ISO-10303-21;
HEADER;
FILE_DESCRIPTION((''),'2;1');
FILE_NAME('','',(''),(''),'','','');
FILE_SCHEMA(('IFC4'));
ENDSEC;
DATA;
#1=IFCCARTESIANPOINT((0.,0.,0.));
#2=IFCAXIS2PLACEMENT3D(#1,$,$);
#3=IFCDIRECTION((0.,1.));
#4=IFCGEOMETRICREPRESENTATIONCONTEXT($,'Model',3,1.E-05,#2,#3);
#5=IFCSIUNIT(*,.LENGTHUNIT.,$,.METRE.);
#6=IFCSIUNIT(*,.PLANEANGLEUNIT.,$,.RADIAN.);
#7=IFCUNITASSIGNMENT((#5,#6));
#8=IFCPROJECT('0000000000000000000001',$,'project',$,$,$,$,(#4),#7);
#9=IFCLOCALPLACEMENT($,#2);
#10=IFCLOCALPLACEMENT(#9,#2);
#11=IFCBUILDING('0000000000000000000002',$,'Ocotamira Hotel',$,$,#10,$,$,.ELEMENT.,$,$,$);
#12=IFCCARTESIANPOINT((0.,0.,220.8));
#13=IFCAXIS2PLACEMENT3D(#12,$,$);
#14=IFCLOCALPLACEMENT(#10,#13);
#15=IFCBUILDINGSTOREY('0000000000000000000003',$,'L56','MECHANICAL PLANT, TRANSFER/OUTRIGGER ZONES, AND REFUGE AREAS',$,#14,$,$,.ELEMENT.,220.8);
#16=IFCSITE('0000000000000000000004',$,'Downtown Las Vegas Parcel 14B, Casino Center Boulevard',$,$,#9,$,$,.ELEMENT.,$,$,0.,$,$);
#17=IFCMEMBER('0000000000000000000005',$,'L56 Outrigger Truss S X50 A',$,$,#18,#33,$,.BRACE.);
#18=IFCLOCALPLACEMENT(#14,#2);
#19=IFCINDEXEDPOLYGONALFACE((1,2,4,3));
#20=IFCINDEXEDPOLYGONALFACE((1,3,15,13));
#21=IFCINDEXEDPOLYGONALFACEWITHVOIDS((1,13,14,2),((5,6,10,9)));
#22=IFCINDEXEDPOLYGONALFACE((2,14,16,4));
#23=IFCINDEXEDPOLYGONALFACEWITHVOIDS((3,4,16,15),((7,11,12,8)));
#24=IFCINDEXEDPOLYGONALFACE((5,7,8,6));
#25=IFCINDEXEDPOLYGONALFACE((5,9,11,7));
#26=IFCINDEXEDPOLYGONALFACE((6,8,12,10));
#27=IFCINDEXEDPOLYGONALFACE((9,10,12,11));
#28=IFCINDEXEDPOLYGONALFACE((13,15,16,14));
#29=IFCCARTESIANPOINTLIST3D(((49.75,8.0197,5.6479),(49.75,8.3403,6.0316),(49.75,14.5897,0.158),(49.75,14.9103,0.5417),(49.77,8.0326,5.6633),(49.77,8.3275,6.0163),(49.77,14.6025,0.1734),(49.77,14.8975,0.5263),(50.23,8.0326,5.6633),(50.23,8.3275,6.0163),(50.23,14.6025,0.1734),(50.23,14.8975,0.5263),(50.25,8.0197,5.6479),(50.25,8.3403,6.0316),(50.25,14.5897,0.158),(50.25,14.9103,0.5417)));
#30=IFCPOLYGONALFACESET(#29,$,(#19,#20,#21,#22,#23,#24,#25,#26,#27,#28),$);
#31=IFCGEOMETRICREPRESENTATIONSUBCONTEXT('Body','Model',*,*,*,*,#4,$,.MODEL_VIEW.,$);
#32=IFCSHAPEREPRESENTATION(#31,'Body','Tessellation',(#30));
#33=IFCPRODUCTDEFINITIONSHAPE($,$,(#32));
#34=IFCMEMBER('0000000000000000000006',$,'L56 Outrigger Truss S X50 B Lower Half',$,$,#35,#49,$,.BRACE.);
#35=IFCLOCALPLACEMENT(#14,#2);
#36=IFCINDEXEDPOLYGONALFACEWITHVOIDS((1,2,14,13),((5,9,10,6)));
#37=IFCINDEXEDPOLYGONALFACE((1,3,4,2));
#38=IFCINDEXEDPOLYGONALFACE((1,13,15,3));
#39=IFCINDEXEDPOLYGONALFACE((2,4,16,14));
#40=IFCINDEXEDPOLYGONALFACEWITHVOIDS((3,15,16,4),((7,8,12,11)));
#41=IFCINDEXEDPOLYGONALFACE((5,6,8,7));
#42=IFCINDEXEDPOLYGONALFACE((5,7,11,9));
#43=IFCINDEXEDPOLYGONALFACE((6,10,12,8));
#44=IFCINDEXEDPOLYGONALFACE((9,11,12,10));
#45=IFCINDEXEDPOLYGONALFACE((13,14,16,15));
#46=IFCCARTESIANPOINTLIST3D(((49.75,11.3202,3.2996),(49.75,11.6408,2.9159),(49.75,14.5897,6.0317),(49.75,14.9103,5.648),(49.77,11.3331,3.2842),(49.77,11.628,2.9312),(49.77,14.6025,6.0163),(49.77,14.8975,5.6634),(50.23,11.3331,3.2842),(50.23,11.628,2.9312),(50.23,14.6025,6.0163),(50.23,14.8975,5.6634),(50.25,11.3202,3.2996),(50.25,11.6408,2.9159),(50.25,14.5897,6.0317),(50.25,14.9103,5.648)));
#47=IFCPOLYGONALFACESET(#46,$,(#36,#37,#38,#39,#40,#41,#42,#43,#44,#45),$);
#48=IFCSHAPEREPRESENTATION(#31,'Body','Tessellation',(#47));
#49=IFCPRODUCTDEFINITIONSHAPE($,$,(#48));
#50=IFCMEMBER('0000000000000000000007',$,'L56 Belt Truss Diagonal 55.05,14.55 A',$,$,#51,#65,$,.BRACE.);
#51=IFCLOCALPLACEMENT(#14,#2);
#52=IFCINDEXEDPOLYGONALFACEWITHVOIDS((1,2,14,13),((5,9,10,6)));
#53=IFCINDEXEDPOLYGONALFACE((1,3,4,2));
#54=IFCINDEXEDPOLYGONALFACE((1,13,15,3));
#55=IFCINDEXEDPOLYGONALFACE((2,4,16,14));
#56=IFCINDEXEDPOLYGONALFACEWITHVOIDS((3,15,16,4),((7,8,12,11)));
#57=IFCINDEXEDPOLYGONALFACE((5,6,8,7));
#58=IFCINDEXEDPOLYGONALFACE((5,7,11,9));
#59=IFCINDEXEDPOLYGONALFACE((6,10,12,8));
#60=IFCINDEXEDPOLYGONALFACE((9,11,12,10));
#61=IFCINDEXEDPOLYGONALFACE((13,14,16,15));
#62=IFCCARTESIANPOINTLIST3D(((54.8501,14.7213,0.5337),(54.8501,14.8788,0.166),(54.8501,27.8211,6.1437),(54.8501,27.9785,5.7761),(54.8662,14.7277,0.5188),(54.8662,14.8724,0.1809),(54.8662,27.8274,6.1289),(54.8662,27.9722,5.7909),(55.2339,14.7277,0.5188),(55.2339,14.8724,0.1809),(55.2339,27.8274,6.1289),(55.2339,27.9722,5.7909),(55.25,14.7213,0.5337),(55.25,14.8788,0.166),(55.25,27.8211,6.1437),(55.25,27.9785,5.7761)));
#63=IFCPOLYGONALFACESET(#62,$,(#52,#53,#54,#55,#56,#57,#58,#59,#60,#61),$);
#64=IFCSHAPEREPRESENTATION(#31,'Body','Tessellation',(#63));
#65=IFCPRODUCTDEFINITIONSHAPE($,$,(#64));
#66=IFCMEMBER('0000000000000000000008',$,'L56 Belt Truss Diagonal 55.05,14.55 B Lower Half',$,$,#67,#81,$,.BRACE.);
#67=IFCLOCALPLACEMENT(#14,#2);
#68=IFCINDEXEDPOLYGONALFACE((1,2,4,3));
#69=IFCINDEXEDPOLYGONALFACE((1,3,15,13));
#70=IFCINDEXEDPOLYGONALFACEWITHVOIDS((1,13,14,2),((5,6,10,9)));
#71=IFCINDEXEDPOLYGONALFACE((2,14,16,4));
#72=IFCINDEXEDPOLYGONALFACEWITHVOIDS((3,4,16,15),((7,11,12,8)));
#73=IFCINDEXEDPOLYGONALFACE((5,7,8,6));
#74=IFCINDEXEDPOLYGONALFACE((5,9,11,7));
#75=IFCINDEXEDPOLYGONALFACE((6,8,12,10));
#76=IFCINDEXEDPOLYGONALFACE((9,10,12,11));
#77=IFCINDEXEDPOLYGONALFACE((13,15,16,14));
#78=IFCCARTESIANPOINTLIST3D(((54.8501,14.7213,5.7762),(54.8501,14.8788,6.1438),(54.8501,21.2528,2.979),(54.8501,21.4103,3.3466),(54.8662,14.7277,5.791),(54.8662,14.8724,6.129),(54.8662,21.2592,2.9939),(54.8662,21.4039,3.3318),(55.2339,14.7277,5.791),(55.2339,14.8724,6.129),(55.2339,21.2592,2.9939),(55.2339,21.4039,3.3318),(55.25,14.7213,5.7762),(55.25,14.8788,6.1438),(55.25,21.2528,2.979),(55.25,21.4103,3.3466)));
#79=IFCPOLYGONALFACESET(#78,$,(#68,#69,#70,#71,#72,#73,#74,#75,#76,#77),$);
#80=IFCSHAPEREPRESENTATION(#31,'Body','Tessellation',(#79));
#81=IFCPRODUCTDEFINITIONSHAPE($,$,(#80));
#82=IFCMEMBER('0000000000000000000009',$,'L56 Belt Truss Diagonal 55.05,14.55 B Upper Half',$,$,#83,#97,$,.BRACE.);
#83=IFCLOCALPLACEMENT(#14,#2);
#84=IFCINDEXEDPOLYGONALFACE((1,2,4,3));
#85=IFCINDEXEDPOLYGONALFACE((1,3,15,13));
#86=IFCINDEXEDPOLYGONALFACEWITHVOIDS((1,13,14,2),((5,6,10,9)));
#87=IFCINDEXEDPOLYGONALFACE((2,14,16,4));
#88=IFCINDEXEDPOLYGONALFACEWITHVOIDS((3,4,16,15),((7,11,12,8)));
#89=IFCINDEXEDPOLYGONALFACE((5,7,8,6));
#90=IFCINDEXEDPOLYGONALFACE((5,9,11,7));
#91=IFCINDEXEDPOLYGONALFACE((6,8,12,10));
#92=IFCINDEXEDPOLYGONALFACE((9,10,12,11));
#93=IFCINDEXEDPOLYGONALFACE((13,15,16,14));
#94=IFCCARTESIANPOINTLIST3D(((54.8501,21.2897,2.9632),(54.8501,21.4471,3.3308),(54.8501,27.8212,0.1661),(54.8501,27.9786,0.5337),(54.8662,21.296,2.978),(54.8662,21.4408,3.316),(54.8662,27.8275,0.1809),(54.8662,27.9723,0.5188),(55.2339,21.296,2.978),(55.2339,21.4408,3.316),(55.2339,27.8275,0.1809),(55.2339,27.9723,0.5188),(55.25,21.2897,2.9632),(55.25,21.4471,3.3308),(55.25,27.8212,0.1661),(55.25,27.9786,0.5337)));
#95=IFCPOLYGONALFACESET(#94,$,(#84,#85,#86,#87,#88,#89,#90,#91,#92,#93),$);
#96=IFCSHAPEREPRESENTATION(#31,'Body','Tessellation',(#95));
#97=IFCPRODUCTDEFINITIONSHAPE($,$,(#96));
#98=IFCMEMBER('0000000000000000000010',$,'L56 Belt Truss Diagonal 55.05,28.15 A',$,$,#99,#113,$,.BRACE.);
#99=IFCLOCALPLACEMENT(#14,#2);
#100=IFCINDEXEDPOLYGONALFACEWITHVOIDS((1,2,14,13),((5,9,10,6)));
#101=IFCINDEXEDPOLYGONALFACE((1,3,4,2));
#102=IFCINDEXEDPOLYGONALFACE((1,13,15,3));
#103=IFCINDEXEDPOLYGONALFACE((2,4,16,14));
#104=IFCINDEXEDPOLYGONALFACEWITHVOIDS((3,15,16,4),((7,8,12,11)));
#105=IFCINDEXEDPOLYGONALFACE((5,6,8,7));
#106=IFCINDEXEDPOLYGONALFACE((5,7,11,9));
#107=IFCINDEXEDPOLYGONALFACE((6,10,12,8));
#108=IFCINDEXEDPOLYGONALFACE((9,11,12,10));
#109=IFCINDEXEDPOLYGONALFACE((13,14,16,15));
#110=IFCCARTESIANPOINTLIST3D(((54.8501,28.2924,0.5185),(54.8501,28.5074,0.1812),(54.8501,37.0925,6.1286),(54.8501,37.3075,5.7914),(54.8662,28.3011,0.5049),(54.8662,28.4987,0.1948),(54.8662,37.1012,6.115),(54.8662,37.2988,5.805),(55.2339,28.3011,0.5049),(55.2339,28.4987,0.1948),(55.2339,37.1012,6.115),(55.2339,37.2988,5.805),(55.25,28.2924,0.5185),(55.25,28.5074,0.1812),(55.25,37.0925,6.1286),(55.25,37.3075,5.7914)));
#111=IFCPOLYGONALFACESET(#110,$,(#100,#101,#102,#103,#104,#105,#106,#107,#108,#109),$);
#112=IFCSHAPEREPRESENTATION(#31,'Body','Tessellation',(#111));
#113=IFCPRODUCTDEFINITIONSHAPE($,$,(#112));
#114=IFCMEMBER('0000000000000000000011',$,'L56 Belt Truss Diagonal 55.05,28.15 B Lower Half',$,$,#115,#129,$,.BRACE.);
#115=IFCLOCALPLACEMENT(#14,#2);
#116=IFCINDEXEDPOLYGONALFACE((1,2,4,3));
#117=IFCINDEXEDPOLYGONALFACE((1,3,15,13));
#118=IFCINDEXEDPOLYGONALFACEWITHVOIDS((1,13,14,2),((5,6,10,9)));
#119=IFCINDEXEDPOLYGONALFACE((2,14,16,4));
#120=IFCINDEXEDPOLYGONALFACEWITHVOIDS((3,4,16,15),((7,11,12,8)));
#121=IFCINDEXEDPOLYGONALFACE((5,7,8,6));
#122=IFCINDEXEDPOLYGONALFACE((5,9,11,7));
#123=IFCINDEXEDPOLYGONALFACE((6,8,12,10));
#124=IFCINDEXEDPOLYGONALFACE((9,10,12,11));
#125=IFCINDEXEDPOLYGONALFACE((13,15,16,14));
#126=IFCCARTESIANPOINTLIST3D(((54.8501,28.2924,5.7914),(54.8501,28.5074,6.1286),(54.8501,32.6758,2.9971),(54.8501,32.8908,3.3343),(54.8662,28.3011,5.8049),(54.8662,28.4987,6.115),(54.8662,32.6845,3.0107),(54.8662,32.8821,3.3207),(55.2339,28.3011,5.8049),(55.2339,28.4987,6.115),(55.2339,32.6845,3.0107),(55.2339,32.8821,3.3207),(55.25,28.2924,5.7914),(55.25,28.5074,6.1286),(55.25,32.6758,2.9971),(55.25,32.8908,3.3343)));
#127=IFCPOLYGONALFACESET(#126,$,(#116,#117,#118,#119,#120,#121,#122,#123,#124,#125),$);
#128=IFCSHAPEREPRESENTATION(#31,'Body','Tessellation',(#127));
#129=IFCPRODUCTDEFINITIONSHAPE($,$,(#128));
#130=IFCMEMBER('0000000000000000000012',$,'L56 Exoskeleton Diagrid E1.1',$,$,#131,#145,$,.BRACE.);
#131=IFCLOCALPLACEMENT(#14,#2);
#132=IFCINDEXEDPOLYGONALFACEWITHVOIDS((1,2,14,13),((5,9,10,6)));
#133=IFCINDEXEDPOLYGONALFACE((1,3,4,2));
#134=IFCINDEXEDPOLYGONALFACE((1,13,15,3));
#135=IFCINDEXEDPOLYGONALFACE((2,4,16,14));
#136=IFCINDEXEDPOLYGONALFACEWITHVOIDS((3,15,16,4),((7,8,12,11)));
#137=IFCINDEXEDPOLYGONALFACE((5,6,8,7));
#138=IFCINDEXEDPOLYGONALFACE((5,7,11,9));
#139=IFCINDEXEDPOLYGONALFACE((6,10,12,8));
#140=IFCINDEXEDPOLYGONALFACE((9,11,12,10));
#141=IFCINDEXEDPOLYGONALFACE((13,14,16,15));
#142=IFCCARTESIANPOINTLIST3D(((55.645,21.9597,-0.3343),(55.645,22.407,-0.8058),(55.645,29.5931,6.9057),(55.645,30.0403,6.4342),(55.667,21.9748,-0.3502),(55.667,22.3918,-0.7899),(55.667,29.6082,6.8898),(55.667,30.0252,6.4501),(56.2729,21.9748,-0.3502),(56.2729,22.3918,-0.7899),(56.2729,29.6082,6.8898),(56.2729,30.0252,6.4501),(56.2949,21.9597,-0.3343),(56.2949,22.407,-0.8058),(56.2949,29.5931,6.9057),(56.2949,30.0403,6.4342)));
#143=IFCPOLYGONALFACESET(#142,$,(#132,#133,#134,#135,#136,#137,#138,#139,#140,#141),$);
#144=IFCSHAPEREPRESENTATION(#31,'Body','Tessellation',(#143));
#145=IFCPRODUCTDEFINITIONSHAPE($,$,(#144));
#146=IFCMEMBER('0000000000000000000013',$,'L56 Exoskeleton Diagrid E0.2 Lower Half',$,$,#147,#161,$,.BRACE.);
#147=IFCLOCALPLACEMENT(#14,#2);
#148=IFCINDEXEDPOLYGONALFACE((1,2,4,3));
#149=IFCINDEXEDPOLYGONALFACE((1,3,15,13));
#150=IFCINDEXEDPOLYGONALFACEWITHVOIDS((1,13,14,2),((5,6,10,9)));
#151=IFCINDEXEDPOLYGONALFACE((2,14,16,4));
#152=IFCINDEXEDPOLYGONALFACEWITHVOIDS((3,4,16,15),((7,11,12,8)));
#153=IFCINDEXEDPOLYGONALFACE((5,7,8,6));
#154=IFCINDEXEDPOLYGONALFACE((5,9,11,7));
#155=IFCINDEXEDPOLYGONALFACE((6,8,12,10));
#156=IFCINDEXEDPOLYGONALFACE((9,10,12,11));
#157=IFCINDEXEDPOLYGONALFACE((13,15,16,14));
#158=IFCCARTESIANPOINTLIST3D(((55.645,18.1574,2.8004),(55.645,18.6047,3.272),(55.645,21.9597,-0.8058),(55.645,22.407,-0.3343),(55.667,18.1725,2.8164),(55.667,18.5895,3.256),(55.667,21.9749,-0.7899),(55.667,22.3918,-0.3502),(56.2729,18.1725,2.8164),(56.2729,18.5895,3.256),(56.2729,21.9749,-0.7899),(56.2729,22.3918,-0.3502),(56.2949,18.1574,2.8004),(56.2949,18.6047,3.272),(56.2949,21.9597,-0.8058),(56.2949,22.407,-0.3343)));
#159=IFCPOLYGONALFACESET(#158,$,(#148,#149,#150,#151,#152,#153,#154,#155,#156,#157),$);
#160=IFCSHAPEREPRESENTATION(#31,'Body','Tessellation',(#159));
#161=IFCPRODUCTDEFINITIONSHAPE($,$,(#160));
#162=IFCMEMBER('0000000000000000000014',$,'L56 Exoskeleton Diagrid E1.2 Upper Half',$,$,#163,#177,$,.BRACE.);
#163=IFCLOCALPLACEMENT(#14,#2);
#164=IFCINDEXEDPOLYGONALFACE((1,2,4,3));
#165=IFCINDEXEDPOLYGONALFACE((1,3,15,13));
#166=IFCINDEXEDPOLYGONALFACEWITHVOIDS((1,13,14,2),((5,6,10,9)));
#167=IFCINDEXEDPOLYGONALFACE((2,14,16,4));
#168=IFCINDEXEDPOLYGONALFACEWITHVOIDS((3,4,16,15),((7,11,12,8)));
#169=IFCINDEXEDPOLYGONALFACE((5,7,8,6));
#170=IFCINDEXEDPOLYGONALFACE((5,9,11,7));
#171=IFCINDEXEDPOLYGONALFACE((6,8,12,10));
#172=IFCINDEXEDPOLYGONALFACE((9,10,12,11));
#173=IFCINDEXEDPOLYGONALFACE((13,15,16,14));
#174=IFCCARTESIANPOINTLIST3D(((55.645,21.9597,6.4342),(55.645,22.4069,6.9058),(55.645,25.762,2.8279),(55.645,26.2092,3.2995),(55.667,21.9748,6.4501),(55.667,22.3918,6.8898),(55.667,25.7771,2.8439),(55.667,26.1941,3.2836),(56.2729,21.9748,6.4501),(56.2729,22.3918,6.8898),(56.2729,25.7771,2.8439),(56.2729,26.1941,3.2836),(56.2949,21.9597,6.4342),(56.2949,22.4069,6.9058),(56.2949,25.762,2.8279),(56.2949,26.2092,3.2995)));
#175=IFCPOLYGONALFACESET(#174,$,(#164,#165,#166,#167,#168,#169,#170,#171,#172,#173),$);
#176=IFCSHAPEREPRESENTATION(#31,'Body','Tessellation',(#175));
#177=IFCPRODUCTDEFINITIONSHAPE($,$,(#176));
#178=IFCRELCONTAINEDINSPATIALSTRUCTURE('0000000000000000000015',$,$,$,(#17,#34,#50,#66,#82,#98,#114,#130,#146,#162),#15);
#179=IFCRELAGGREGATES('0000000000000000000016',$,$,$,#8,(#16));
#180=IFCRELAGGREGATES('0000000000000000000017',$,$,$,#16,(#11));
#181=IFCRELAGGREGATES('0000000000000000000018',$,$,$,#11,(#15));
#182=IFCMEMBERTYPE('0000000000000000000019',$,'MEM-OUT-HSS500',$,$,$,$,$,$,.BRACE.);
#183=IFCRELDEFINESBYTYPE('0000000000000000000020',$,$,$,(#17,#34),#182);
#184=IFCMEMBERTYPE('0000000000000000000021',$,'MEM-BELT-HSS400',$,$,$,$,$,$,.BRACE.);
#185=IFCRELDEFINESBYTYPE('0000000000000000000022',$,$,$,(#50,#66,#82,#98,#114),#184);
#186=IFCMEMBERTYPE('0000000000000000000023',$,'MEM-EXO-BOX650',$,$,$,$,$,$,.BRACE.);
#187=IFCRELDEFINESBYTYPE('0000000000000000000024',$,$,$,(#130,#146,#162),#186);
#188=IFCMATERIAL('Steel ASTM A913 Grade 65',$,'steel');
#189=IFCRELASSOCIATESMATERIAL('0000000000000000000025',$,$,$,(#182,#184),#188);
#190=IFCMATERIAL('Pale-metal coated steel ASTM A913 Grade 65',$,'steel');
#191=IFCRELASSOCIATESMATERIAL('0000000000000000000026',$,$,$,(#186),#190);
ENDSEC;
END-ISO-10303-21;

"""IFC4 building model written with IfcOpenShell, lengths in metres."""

from ifc_helpers import new_model, si_unit, direction, frame, origin, origin_2d, place, context, subcontext, project, spatial, hollow_rectangle, extrude, source, transform, mapped, material, material_profile, profile_set, type_object, element, save


model = new_model("IFC4")

# Units and contexts
model_context = context("Model", 3, precision=1e-05, world=origin(), true_north=direction((0.0, 1.0)))
body_context = subcontext(model_context, "Body", "Model", "MODEL_VIEW")
ifc_project = project(units=[si_unit("LENGTHUNIT", "METRE"), si_unit("PLANEANGLEUNIT", "RADIAN")], contexts=[model_context])

# Site, building, storey
site_placement = place(None, origin())
site = spatial("IfcSite", under=ifc_project, at=site_placement, Name="Downtown Las Vegas Parcel 14B, Casino Center Boulevard", CompositionType="ELEMENT", RefElevation=0.0)
building_placement = place(site_placement, origin())
building = spatial("IfcBuilding", under=site, at=building_placement, Name="Ocotamira Hotel", CompositionType="ELEMENT")
storey_placement = place(building_placement, frame((0.0, 0.0, 220.8)))
storey = spatial("IfcBuildingStorey", under=building, at=storey_placement, Name="L56", Description="MECHANICAL PLANT, TRANSFER/OUTRIGGER ZONES, AND REFUGE AREAS", CompositionType="ELEMENT", Elevation=220.8)

# Shared definitions
ifc_material_1 = material(Name="Steel ASTM A913 Grade 65", Category="steel")

# Members
ifc_material_profile_1 = material_profile(ifc_material_1, hollow_rectangle(XDim=0.5, YDim=0.5, WallThickness=0.02, at=origin_2d()), Name="HSS500X500X20")
ifc_profile_set_1 = profile_set([ifc_material_profile_1], Name="Steel ASTM A913 Grade 65")
member_type_1 = type_object("IfcMemberType", Name="MEM-OUT-HSS500", PredefinedType="BRACE", material=ifc_profile_set_1)
shared_shape_1 = source(origin(), body_context, "Body", "SweptSolid", [
    extrude(hollow_rectangle(XDim=0.5, YDim=0.5, WallThickness=0.02, at=origin_2d()), origin(), (0.0, 0.0, 1.0), 8.5618),
])
member_1_placement = place(storey_placement, frame((50.0, 14.75, 0.3499), z_axis=(0.0, -0.767363, 0.641213), x_axis=(1.0, 0.0, 0.0)))
element("IfcMember", 1, at=member_1_placement, inside=storey, type_object=member_type_1, Name="L56 Outrigger Truss S X50 A", PredefinedType="BRACE", context=body_context, shape_type="MappedRepresentation", body=[
    mapped(shared_shape_1, transform((0.0, 0.0, 0.0), scale=1.0)),
])
shared_shape_2 = source(origin(), body_context, "Body", "SweptSolid", [
    extrude(hollow_rectangle(XDim=0.5, YDim=0.5, WallThickness=0.02, at=origin_2d()), origin(), (0.0, 0.0, 1.0), 4.2607),
])
member_2_placement = place(storey_placement, frame((50.0, 14.75, 5.8398), z_axis=(0.0, -0.767347, -0.641232), x_axis=(1.0, 0.0, 0.0)))
element("IfcMember", 2, at=member_2_placement, inside=storey, type_object=member_type_1, Name="L56 Outrigger Truss S X50 B Lower Half", PredefinedType="BRACE", context=body_context, shape_type="MappedRepresentation", body=[
    mapped(shared_shape_2, transform((0.0, 0.0, 0.0), scale=1.0)),
])
ifc_material_profile_2 = material_profile(ifc_material_1, hollow_rectangle(XDim=0.3999, YDim=0.3999, WallThickness=0.0161, at=origin_2d()), Name="HSS400X400X16")
ifc_profile_set_2 = profile_set([ifc_material_profile_2], Name="Steel ASTM A913 Grade 65")
member_type_2 = type_object("IfcMemberType", Name="MEM-BELT-HSS400", PredefinedType="BRACE", material=ifc_profile_set_2)
shared_shape_3 = source(origin(), body_context, "Body", "SweptSolid", [
    extrude(hollow_rectangle(XDim=0.3999, YDim=0.3999, WallThickness=0.0161, at=origin_2d()), origin(), (0.0, 0.0, 1.0), 14.2505),
])
member_3_placement = place(storey_placement, frame((55.05, 14.8, 0.3499), z_axis=(0.0, 0.91925, 0.393675), x_axis=(-1.0, 0.0, 0.0)))
element("IfcMember", 3, at=member_3_placement, inside=storey, type_object=member_type_2, Name="L56 Belt Truss Diagonal 55.05,14.55 A", PredefinedType="BRACE", context=body_context, shape_type="MappedRepresentation", body=[
    mapped(shared_shape_3, transform((0.0, 0.0, 0.0), scale=1.0)),
])
shared_shape_4 = source(origin(), body_context, "Body", "SweptSolid", [
    extrude(hollow_rectangle(XDim=0.3999, YDim=0.3999, WallThickness=0.0161, at=origin_2d()), origin(), (0.0, 0.0, 1.0), 7.1052),
])
for number, where, z_axis, x_axis, name in (
    (4, (55.05, 14.8, 5.96), (0.0, 0.919252, -0.39367), (-1.0, 0.0, 0.0), "L56 Belt Truss Diagonal 55.05,14.55 B Lower Half"),
    (5, (55.05, 21.3684, 3.147), (0.0, 0.919252, -0.39367), (-1.0, 0.0, 0.0), "L56 Belt Truss Diagonal 55.05,14.55 B Upper Half"),
):
    element("IfcMember", number, at=place(storey_placement, frame(where, z_axis=z_axis, x_axis=x_axis)), inside=storey, type_object=member_type_2, Name=name, PredefinedType="BRACE", context=body_context, shape_type="MappedRepresentation", body=[
        mapped(shared_shape_4, transform((0.0, 0.0, 0.0), scale=1.0)),
    ])
shared_shape_5 = source(origin(), body_context, "Body", "SweptSolid", [
    extrude(hollow_rectangle(XDim=0.3999, YDim=0.3999, WallThickness=0.0161, at=origin_2d()), origin(), (0.0, 0.0, 1.0), 10.4363),
])
member_4_placement = place(storey_placement, frame((55.05, 28.3999, 0.3499), z_axis=(0.0, 0.843224, 0.537563), x_axis=(-1.0, 0.0, 0.0)))
element("IfcMember", 6, at=member_4_placement, inside=storey, type_object=member_type_2, Name="L56 Belt Truss Diagonal 55.05,28.15 A", PredefinedType="BRACE", context=body_context, shape_type="MappedRepresentation", body=[
    mapped(shared_shape_5, transform((0.0, 0.0, 0.0), scale=1.0)),
])
shared_shape_6 = source(origin(), body_context, "Body", "SweptSolid", [
    extrude(hollow_rectangle(XDim=0.3999, YDim=0.3999, WallThickness=0.0161, at=origin_2d()), origin(), (0.0, 0.0, 1.0), 5.1982),
])
member_5_placement = place(storey_placement, frame((55.05, 28.3999, 5.96), z_axis=(0.0, 0.843242, -0.537535), x_axis=(-1.0, 0.0, 0.0)))
element("IfcMember", 7, at=member_5_placement, inside=storey, type_object=member_type_2, Name="L56 Belt Truss Diagonal 55.05,28.15 B Lower Half", PredefinedType="BRACE", context=body_context, shape_type="MappedRepresentation", body=[
    mapped(shared_shape_6, transform((0.0, 0.0, 0.0), scale=1.0)),
])
ifc_material_2 = material(Name="Pale-metal coated steel ASTM A913 Grade 65", Category="steel")
ifc_material_profile_3 = material_profile(ifc_material_2, hollow_rectangle(XDim=0.6499, YDim=0.6499, WallThickness=0.022, at=origin_2d()), Name="BOX650X650X22")
ifc_profile_set_3 = profile_set([ifc_material_profile_3], Name="Pale-metal coated steel ASTM A913 Grade 65")
member_type_3 = type_object("IfcMemberType", Name="MEM-EXO-BOX650", PredefinedType="BRACE", material=ifc_profile_set_3)
shared_shape_7 = source(origin(), body_context, "Body", "SweptSolid", [
    extrude(hollow_rectangle(XDim=0.6499, YDim=0.6499, WallThickness=0.022, at=origin_2d()), origin(), (0.0, 0.0, 1.0), 10.5208),
])
member_6_placement = place(storey_placement, frame((55.97, 22.1833, -0.5701), z_axis=(0.0, 0.725552, 0.688167), x_axis=(-1.0, 0.0, 0.0)))
element("IfcMember", 8, at=member_6_placement, inside=storey, type_object=member_type_3, Name="L56 Exoskeleton Diagrid E1.1", PredefinedType="BRACE", context=body_context, shape_type="MappedRepresentation", body=[
    mapped(shared_shape_7, transform((0.0, 0.0, 0.0), scale=1.0)),
])
shared_shape_8 = source(origin(), body_context, "Body", "SweptSolid", [
    extrude(hollow_rectangle(XDim=0.6499, YDim=0.6499, WallThickness=0.022, at=origin_2d()), origin(), (0.0, 0.0, 1.0), 5.2405),
])
for number, where, z_axis, x_axis, name in (
    (9, (55.97, 22.1833, -0.5701), (0.0, -0.725564, 0.688154), (1.0, 0.0, 0.0), "L56 Exoskeleton Diagrid E0.2 Lower Half"),
    (10, (55.97, 25.9856, 3.0637), (0.0, -0.725564, 0.688154), (1.0, 0.0, 0.0), "L56 Exoskeleton Diagrid E1.2 Upper Half"),
):
    element("IfcMember", number, at=place(storey_placement, frame(where, z_axis=z_axis, x_axis=x_axis)), inside=storey, type_object=member_type_3, Name=name, PredefinedType="BRACE", context=body_context, shape_type="MappedRepresentation", body=[
        mapped(shared_shape_8, transform((0.0, 0.0, 0.0), scale=1.0)),
    ])

save(model, "model.ifc")
